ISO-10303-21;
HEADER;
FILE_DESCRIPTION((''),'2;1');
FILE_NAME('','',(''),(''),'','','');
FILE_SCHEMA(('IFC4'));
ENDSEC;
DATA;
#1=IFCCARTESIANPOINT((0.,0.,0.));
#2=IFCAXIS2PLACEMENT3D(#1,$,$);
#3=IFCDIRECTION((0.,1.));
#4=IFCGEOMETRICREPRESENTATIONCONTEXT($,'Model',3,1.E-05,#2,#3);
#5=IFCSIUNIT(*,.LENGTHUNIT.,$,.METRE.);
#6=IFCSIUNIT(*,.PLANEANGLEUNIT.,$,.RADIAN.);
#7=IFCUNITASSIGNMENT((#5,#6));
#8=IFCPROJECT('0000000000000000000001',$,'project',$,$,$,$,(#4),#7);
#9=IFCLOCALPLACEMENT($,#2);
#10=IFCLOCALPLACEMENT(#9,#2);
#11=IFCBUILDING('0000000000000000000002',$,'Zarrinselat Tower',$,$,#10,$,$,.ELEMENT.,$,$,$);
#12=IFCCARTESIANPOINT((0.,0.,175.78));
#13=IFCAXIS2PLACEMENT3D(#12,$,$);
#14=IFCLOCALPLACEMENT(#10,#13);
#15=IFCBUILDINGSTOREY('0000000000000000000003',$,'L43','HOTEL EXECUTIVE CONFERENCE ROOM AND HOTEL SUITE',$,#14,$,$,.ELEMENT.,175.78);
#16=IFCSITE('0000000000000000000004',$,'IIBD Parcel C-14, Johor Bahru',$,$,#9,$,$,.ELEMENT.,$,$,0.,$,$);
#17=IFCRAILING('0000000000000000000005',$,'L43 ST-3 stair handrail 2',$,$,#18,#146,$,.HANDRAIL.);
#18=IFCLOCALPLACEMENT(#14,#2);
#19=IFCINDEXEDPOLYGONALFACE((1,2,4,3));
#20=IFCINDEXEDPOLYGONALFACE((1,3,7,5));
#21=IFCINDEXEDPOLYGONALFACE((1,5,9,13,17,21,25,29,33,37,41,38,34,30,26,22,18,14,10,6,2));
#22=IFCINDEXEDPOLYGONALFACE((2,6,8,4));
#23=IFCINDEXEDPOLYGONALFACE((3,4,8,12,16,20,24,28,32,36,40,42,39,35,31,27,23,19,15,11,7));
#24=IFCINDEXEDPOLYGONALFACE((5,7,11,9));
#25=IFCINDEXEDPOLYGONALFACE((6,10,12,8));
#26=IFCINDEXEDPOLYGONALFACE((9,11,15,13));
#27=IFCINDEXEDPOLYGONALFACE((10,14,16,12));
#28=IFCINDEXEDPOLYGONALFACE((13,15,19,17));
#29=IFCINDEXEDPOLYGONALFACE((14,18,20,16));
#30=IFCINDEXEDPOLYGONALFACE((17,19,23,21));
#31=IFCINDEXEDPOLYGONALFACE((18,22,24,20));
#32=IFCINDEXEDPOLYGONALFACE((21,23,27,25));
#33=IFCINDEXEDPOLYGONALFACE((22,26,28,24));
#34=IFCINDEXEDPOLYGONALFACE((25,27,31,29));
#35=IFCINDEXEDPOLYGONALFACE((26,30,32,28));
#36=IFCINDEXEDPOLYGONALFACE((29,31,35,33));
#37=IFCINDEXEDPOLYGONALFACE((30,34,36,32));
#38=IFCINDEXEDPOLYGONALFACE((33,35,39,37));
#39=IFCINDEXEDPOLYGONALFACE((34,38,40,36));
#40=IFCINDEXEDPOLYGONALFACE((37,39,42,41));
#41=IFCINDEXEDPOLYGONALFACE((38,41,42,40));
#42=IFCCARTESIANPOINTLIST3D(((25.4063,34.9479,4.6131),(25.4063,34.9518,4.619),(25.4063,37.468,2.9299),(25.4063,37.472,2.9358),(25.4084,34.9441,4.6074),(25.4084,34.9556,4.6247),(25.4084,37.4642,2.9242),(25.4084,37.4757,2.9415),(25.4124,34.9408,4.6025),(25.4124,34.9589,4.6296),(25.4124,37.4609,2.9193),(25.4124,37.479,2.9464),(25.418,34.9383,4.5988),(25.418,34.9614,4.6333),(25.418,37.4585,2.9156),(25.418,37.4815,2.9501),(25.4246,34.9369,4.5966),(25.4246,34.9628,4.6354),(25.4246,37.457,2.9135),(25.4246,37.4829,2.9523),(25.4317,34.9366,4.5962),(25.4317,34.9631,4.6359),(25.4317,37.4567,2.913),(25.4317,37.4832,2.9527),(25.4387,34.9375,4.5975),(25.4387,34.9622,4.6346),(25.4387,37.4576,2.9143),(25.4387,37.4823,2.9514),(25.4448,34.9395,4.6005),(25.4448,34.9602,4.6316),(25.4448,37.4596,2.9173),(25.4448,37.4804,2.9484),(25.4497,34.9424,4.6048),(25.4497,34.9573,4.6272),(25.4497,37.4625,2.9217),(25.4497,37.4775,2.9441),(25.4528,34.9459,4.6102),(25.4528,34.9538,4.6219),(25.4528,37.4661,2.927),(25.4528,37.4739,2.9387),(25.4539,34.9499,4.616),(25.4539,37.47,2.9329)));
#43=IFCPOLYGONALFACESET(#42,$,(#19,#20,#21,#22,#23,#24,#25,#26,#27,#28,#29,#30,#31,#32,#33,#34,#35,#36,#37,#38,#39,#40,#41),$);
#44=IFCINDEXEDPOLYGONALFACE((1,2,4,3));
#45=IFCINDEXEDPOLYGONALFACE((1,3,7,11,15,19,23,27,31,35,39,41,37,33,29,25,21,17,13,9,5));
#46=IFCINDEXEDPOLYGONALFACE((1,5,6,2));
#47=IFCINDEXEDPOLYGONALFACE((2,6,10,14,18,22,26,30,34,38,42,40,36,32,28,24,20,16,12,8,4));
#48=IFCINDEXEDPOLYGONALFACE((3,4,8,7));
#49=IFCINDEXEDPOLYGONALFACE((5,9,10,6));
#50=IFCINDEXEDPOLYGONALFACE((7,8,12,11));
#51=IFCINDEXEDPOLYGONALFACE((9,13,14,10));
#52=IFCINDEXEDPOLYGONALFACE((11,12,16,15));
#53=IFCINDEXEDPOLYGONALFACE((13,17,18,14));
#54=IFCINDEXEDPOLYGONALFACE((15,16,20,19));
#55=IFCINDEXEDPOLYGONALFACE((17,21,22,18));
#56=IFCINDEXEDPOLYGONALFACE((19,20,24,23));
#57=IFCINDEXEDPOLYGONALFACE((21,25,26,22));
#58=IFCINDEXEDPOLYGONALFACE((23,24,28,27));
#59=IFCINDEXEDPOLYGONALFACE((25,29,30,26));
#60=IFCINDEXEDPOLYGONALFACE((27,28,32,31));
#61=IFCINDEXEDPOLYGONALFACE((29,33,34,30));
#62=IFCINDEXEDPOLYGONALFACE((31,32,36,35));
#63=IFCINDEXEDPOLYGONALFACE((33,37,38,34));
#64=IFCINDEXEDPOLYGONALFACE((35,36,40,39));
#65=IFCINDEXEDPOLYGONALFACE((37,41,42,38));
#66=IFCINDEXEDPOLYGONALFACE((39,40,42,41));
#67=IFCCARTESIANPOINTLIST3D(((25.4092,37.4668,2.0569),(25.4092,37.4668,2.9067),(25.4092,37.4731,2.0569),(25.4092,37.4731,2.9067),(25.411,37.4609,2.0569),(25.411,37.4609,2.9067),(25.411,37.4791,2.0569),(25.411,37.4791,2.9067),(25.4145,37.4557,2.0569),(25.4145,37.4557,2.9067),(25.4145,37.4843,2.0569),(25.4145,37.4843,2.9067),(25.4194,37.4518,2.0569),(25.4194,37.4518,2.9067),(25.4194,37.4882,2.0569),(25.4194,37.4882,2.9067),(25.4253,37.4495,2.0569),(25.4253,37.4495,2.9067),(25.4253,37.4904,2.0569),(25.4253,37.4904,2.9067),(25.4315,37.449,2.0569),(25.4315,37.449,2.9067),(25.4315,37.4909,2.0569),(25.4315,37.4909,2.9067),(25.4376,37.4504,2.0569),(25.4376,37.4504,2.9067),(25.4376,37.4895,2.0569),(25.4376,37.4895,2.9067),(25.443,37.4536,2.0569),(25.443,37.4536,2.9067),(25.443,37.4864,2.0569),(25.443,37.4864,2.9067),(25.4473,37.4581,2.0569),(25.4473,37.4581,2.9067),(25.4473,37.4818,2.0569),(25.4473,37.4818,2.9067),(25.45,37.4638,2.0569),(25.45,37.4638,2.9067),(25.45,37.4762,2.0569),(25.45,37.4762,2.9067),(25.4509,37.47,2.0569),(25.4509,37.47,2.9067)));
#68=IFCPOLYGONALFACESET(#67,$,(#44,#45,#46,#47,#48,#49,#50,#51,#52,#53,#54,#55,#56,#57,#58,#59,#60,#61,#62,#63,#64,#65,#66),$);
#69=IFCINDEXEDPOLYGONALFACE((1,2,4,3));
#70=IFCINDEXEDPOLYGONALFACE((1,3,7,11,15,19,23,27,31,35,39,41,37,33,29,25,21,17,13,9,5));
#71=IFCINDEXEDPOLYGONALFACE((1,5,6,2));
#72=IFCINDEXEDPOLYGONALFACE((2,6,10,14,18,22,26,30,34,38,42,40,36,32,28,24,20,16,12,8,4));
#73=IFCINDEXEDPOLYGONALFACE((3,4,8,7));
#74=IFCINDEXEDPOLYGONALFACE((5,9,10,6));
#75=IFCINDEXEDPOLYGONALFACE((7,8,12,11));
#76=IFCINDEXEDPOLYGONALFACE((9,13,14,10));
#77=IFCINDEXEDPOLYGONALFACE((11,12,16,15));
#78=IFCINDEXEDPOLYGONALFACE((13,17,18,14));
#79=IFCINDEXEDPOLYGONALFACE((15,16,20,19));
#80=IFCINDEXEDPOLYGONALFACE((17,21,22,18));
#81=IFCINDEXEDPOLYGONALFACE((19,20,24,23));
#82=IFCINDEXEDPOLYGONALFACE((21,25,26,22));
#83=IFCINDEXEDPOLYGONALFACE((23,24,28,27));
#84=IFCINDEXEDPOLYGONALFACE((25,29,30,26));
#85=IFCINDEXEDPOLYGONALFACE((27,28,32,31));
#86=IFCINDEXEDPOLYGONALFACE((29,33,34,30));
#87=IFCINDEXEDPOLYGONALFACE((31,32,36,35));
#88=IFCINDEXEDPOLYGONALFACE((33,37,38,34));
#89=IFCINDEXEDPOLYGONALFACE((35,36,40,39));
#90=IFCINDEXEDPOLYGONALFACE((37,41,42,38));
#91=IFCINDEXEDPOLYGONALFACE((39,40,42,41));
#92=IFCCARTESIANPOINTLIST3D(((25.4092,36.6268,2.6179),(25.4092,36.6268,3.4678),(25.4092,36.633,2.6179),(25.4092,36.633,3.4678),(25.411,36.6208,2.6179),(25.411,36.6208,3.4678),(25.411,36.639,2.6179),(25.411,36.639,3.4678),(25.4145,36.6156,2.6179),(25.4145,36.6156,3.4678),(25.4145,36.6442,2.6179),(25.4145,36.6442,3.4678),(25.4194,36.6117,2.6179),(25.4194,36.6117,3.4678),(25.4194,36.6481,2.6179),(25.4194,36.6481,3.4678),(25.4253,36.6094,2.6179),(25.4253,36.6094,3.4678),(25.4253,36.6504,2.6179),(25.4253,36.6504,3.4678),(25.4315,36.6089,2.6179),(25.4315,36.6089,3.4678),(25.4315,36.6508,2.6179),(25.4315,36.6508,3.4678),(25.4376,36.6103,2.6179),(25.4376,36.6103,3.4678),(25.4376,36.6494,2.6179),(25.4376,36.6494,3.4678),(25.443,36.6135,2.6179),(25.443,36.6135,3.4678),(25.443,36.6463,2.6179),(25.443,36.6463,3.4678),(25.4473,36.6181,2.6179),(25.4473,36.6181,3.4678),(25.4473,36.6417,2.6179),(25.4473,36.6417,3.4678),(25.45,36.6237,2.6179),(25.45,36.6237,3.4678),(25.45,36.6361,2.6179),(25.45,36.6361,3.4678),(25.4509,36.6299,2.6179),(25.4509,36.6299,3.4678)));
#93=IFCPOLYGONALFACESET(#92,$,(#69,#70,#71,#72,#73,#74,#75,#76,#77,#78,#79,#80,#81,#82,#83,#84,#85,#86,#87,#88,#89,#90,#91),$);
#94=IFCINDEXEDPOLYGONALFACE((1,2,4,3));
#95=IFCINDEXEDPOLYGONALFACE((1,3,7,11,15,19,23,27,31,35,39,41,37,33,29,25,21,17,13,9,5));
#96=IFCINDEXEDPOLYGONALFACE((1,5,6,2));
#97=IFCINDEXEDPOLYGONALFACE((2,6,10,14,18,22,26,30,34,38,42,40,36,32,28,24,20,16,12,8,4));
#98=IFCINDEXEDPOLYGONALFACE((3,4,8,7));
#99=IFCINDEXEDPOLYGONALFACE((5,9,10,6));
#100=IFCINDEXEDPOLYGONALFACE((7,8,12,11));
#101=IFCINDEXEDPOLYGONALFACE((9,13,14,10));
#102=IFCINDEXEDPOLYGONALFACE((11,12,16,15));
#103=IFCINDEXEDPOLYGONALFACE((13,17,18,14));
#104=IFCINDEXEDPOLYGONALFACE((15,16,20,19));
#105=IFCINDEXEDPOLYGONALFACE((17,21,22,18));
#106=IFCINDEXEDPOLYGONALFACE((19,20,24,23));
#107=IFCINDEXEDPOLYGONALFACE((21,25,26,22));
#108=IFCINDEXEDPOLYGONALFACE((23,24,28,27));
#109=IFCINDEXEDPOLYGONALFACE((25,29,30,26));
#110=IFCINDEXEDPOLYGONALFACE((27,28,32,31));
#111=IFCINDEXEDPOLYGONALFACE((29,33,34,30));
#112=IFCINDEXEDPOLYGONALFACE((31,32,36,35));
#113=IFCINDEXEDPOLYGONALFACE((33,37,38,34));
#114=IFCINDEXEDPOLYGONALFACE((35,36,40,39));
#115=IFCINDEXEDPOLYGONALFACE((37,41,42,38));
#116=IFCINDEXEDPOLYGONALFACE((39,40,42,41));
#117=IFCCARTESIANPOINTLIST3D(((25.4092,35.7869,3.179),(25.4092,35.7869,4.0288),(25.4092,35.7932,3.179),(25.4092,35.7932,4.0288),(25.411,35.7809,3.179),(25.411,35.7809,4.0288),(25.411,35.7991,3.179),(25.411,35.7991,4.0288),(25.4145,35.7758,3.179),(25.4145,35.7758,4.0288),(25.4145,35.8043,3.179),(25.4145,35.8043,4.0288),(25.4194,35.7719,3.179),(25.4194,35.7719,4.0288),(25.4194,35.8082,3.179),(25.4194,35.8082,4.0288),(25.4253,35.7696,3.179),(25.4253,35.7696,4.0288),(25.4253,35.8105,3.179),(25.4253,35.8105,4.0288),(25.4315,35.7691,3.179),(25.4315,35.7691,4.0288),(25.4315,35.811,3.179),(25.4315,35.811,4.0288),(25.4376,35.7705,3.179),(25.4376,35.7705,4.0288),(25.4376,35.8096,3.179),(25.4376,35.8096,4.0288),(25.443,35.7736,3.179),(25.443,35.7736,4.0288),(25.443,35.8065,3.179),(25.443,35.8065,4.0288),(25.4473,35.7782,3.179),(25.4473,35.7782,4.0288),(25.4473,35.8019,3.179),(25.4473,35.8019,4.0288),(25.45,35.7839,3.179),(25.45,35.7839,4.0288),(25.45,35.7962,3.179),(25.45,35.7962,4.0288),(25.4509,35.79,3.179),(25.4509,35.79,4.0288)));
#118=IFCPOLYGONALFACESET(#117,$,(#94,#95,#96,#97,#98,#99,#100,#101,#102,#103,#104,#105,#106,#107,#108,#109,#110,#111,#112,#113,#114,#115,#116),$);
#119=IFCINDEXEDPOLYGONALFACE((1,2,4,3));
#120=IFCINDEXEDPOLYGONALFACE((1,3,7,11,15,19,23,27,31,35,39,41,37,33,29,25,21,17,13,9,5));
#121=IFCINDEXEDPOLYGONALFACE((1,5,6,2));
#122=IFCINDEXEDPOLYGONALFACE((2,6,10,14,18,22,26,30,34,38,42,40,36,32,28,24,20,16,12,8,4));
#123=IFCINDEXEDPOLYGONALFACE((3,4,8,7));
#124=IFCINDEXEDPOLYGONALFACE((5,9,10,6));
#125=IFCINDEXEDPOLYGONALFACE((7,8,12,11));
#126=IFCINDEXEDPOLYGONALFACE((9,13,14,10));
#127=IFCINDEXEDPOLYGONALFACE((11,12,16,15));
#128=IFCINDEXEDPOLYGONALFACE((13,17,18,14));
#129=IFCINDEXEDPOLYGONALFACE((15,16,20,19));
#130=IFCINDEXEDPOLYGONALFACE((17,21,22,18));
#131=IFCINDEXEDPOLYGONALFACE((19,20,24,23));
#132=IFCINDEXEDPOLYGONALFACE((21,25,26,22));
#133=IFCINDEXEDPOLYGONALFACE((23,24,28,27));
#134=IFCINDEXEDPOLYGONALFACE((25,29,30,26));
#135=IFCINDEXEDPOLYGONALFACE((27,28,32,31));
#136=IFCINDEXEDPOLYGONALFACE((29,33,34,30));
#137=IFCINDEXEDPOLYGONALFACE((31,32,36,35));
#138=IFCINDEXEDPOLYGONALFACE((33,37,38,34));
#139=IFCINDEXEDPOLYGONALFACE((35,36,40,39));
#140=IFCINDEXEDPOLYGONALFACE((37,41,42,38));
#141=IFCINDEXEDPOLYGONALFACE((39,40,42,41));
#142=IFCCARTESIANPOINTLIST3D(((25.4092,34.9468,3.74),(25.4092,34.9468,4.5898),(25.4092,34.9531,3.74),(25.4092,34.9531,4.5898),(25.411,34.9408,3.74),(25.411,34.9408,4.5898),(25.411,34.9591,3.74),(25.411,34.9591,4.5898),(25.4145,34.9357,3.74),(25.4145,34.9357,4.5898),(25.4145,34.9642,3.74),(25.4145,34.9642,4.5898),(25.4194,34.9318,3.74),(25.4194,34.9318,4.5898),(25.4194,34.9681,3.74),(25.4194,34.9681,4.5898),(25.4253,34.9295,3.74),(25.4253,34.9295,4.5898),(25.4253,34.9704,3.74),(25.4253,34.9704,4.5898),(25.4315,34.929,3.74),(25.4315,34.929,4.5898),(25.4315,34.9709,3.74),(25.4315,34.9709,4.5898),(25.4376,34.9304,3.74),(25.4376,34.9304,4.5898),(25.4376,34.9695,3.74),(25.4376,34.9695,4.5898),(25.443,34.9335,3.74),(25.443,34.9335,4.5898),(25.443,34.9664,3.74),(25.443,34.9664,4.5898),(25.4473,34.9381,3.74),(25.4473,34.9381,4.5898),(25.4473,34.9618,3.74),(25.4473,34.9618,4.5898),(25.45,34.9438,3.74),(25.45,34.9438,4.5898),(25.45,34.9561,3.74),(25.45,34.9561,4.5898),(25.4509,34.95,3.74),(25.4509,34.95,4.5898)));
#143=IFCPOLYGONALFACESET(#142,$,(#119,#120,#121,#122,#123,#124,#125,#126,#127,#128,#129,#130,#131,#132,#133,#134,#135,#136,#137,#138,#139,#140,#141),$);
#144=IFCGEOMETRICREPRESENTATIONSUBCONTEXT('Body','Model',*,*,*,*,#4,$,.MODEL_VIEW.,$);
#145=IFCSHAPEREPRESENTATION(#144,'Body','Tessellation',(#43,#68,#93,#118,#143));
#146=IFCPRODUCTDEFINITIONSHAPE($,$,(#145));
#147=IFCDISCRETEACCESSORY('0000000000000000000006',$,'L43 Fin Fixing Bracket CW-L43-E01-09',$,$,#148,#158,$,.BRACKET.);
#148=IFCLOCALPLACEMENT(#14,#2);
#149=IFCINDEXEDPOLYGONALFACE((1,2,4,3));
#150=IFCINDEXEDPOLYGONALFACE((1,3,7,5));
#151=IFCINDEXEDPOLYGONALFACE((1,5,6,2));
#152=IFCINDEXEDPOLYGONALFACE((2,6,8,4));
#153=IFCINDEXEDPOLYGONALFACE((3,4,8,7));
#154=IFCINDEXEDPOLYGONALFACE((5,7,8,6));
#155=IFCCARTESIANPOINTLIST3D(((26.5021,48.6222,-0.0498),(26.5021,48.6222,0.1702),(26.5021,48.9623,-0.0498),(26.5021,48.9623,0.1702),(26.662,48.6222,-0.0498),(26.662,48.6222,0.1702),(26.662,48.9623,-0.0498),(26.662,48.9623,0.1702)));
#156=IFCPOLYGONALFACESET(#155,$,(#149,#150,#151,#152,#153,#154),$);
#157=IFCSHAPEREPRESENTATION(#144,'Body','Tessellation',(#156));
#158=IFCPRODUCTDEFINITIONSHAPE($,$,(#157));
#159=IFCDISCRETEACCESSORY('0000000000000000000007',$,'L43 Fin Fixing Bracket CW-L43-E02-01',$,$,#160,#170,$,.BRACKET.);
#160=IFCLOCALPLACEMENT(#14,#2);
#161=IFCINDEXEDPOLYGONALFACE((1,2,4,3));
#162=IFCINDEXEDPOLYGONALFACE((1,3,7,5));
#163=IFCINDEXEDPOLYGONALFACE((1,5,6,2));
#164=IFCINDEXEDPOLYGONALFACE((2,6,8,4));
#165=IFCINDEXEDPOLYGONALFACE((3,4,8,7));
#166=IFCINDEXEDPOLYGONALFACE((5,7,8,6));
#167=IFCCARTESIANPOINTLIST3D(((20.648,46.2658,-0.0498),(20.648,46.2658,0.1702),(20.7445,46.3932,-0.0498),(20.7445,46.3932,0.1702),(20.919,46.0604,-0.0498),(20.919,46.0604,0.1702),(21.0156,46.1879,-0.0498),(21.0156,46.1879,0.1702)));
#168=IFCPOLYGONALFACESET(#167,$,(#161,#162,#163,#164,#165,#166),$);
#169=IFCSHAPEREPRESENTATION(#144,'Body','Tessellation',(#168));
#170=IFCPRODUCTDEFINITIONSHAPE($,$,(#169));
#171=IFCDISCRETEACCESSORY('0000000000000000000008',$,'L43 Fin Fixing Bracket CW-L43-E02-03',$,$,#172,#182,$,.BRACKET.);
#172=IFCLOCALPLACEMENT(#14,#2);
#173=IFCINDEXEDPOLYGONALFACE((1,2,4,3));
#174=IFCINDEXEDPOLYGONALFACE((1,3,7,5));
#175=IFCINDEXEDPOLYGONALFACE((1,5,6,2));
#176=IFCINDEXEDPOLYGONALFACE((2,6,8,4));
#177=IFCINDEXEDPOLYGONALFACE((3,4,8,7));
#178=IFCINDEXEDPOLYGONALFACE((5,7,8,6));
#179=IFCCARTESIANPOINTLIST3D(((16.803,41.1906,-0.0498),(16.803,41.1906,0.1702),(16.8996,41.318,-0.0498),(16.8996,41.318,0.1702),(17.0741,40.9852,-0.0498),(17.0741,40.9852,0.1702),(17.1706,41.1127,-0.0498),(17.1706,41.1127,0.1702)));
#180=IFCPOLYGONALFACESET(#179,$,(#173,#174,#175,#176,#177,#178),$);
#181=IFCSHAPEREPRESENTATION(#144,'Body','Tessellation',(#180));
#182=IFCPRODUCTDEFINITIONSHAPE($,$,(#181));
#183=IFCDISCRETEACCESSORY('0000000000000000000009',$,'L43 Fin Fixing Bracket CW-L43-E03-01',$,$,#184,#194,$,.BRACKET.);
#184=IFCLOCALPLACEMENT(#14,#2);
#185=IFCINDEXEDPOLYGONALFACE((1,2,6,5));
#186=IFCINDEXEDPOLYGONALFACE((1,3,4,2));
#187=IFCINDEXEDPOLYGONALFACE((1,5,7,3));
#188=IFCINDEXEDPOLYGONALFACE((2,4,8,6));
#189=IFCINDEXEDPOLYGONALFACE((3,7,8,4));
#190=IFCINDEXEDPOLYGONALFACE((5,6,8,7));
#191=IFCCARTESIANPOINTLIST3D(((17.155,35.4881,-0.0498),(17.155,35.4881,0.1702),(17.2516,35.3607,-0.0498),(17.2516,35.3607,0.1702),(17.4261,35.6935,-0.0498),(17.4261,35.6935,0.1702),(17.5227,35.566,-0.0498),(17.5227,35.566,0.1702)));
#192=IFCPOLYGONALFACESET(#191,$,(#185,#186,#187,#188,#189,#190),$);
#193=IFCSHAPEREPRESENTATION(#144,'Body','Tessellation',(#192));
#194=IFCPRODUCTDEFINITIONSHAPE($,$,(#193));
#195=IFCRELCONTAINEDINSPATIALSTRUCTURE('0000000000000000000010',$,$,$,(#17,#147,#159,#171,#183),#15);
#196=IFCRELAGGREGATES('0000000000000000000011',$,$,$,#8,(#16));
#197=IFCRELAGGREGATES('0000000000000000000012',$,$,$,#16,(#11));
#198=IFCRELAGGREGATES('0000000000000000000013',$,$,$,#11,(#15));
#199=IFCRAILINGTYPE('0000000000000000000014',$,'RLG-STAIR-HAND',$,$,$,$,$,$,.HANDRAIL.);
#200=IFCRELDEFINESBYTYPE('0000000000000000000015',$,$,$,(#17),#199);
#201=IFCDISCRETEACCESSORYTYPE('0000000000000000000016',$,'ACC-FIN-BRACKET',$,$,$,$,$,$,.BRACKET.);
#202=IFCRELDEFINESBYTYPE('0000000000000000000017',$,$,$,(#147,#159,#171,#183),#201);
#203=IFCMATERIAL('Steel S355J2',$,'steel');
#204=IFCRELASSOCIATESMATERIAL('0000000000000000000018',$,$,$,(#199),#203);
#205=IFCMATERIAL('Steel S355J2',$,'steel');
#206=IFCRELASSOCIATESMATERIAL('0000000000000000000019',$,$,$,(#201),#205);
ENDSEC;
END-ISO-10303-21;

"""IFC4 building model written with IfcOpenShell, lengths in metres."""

from ifc_helpers import new_model, si_unit, direction, frame, origin, origin_2d, place, context, subcontext, project, spatial, rectangle, circle, extrude, material, type_object, element, save


model = new_model("IFC4")

# Units and contexts
model_context = context("Model", 3, precision=1e-05, world=origin(), true_north=direction((0.0, 1.0)))
body_context = subcontext(model_context, "Body", "Model", "MODEL_VIEW")
ifc_project = project(units=[si_unit("LENGTHUNIT", "METRE"), si_unit("PLANEANGLEUNIT", "RADIAN")], contexts=[model_context])

# Site, building, storey
site_placement = place(None, origin())
site = spatial("IfcSite", under=ifc_project, at=site_placement, Name="IIBD Parcel C-14, Johor Bahru", CompositionType="ELEMENT", RefElevation=0.0)
building_placement = place(site_placement, origin())
building = spatial("IfcBuilding", under=site, at=building_placement, Name="Zarrinselat Tower", CompositionType="ELEMENT")
storey_placement = place(building_placement, frame((0.0, 0.0, 175.78)))
storey = spatial("IfcBuildingStorey", under=building, at=storey_placement, Name="L43", Description="HOTEL EXECUTIVE CONFERENCE ROOM AND HOTEL SUITE", CompositionType="ELEMENT", Elevation=175.78)

# Railing
ifc_material_1 = material(Name="Steel S355J2", Category="steel")
railing_type_1 = type_object("IfcRailingType", Name="RLG-STAIR-HAND", PredefinedType="HANDRAIL", material=ifc_material_1)
railing_1_placement = place(storey_placement, frame((25.4299, 37.47, 2.0569)))
element("IfcRailing", 1, at=railing_1_placement, inside=storey, type_object=railing_type_1, Name="L43 ST-3 stair handrail 2", PredefinedType="HANDRAIL", context=body_context, shape_type="SweptSolid", body=[
    extrude(circle(Radius=0.0239, at=origin_2d()), frame((0.0, 0.0, 0.876), z_axis=(0.0, -0.831579, 0.555406), x_axis=(1.0, 0.0, 0.0)), (0.0, 0.0, 1.0), 3.0305),
    extrude(circle(Radius=0.021, at=origin_2d()), origin(), (0.0, 0.0, 1.0), 0.8499),
    extrude(circle(Radius=0.021, at=origin_2d()), frame((0.0, -0.8401, 0.561)), (0.0, 0.0, 1.0), 0.8499),
    extrude(circle(Radius=0.021, at=origin_2d()), frame((0.0, -1.6799, 1.1221)), (0.0, 0.0, 1.0), 0.8499),
    extrude(circle(Radius=0.021, at=origin_2d()), frame((0.0, -2.52, 1.6831)), (0.0, 0.0, 1.0), 0.8499),
])

# Discrete accessories
ifc_material_2 = material(Name="Steel S355J2", Category="steel")
discrete_accessory_type = type_object("IfcDiscreteAccessoryType", Name="ACC-FIN-BRACKET", PredefinedType="BRACKET", material=ifc_material_2)
for number, where, z_axis, x_axis, name in (
    (2, (26.582, 48.7922, -0.0498), (0.0, 0.0, 1.0), (0.0, 1.0, 0.0), "L43 Fin Fixing Bracket CW-L43-E01-09"),
    (3, (20.8318, 46.2268, -0.0498), (0.0, 0.0, 1.0), (-0.797091, 0.603859, 0.0), "L43 Fin Fixing Bracket CW-L43-E02-01"),
    (4, (16.9868, 41.1516, -0.0498), (0.0, 0.0, 1.0), (-0.797091, 0.603859, 0.0), "L43 Fin Fixing Bracket CW-L43-E02-03"),
    (5, (17.3389, 35.5271, -0.0498), (0.0, 0.0, 1.0), (-0.797092, -0.603857, 0.0), "L43 Fin Fixing Bracket CW-L43-E03-01"),
):
    element("IfcDiscreteAccessory", number, at=place(storey_placement, frame(where, z_axis=z_axis, x_axis=x_axis)), inside=storey, type_object=discrete_accessory_type, Name=name, PredefinedType="BRACKET", context=body_context, shape_type="SweptSolid", body=[
        extrude(rectangle(XDim=0.3401, YDim=0.1599, at=origin_2d()), origin(), (0.0, 0.0, 1.0), 0.22),
    ])

save(model, "model.ifc")
